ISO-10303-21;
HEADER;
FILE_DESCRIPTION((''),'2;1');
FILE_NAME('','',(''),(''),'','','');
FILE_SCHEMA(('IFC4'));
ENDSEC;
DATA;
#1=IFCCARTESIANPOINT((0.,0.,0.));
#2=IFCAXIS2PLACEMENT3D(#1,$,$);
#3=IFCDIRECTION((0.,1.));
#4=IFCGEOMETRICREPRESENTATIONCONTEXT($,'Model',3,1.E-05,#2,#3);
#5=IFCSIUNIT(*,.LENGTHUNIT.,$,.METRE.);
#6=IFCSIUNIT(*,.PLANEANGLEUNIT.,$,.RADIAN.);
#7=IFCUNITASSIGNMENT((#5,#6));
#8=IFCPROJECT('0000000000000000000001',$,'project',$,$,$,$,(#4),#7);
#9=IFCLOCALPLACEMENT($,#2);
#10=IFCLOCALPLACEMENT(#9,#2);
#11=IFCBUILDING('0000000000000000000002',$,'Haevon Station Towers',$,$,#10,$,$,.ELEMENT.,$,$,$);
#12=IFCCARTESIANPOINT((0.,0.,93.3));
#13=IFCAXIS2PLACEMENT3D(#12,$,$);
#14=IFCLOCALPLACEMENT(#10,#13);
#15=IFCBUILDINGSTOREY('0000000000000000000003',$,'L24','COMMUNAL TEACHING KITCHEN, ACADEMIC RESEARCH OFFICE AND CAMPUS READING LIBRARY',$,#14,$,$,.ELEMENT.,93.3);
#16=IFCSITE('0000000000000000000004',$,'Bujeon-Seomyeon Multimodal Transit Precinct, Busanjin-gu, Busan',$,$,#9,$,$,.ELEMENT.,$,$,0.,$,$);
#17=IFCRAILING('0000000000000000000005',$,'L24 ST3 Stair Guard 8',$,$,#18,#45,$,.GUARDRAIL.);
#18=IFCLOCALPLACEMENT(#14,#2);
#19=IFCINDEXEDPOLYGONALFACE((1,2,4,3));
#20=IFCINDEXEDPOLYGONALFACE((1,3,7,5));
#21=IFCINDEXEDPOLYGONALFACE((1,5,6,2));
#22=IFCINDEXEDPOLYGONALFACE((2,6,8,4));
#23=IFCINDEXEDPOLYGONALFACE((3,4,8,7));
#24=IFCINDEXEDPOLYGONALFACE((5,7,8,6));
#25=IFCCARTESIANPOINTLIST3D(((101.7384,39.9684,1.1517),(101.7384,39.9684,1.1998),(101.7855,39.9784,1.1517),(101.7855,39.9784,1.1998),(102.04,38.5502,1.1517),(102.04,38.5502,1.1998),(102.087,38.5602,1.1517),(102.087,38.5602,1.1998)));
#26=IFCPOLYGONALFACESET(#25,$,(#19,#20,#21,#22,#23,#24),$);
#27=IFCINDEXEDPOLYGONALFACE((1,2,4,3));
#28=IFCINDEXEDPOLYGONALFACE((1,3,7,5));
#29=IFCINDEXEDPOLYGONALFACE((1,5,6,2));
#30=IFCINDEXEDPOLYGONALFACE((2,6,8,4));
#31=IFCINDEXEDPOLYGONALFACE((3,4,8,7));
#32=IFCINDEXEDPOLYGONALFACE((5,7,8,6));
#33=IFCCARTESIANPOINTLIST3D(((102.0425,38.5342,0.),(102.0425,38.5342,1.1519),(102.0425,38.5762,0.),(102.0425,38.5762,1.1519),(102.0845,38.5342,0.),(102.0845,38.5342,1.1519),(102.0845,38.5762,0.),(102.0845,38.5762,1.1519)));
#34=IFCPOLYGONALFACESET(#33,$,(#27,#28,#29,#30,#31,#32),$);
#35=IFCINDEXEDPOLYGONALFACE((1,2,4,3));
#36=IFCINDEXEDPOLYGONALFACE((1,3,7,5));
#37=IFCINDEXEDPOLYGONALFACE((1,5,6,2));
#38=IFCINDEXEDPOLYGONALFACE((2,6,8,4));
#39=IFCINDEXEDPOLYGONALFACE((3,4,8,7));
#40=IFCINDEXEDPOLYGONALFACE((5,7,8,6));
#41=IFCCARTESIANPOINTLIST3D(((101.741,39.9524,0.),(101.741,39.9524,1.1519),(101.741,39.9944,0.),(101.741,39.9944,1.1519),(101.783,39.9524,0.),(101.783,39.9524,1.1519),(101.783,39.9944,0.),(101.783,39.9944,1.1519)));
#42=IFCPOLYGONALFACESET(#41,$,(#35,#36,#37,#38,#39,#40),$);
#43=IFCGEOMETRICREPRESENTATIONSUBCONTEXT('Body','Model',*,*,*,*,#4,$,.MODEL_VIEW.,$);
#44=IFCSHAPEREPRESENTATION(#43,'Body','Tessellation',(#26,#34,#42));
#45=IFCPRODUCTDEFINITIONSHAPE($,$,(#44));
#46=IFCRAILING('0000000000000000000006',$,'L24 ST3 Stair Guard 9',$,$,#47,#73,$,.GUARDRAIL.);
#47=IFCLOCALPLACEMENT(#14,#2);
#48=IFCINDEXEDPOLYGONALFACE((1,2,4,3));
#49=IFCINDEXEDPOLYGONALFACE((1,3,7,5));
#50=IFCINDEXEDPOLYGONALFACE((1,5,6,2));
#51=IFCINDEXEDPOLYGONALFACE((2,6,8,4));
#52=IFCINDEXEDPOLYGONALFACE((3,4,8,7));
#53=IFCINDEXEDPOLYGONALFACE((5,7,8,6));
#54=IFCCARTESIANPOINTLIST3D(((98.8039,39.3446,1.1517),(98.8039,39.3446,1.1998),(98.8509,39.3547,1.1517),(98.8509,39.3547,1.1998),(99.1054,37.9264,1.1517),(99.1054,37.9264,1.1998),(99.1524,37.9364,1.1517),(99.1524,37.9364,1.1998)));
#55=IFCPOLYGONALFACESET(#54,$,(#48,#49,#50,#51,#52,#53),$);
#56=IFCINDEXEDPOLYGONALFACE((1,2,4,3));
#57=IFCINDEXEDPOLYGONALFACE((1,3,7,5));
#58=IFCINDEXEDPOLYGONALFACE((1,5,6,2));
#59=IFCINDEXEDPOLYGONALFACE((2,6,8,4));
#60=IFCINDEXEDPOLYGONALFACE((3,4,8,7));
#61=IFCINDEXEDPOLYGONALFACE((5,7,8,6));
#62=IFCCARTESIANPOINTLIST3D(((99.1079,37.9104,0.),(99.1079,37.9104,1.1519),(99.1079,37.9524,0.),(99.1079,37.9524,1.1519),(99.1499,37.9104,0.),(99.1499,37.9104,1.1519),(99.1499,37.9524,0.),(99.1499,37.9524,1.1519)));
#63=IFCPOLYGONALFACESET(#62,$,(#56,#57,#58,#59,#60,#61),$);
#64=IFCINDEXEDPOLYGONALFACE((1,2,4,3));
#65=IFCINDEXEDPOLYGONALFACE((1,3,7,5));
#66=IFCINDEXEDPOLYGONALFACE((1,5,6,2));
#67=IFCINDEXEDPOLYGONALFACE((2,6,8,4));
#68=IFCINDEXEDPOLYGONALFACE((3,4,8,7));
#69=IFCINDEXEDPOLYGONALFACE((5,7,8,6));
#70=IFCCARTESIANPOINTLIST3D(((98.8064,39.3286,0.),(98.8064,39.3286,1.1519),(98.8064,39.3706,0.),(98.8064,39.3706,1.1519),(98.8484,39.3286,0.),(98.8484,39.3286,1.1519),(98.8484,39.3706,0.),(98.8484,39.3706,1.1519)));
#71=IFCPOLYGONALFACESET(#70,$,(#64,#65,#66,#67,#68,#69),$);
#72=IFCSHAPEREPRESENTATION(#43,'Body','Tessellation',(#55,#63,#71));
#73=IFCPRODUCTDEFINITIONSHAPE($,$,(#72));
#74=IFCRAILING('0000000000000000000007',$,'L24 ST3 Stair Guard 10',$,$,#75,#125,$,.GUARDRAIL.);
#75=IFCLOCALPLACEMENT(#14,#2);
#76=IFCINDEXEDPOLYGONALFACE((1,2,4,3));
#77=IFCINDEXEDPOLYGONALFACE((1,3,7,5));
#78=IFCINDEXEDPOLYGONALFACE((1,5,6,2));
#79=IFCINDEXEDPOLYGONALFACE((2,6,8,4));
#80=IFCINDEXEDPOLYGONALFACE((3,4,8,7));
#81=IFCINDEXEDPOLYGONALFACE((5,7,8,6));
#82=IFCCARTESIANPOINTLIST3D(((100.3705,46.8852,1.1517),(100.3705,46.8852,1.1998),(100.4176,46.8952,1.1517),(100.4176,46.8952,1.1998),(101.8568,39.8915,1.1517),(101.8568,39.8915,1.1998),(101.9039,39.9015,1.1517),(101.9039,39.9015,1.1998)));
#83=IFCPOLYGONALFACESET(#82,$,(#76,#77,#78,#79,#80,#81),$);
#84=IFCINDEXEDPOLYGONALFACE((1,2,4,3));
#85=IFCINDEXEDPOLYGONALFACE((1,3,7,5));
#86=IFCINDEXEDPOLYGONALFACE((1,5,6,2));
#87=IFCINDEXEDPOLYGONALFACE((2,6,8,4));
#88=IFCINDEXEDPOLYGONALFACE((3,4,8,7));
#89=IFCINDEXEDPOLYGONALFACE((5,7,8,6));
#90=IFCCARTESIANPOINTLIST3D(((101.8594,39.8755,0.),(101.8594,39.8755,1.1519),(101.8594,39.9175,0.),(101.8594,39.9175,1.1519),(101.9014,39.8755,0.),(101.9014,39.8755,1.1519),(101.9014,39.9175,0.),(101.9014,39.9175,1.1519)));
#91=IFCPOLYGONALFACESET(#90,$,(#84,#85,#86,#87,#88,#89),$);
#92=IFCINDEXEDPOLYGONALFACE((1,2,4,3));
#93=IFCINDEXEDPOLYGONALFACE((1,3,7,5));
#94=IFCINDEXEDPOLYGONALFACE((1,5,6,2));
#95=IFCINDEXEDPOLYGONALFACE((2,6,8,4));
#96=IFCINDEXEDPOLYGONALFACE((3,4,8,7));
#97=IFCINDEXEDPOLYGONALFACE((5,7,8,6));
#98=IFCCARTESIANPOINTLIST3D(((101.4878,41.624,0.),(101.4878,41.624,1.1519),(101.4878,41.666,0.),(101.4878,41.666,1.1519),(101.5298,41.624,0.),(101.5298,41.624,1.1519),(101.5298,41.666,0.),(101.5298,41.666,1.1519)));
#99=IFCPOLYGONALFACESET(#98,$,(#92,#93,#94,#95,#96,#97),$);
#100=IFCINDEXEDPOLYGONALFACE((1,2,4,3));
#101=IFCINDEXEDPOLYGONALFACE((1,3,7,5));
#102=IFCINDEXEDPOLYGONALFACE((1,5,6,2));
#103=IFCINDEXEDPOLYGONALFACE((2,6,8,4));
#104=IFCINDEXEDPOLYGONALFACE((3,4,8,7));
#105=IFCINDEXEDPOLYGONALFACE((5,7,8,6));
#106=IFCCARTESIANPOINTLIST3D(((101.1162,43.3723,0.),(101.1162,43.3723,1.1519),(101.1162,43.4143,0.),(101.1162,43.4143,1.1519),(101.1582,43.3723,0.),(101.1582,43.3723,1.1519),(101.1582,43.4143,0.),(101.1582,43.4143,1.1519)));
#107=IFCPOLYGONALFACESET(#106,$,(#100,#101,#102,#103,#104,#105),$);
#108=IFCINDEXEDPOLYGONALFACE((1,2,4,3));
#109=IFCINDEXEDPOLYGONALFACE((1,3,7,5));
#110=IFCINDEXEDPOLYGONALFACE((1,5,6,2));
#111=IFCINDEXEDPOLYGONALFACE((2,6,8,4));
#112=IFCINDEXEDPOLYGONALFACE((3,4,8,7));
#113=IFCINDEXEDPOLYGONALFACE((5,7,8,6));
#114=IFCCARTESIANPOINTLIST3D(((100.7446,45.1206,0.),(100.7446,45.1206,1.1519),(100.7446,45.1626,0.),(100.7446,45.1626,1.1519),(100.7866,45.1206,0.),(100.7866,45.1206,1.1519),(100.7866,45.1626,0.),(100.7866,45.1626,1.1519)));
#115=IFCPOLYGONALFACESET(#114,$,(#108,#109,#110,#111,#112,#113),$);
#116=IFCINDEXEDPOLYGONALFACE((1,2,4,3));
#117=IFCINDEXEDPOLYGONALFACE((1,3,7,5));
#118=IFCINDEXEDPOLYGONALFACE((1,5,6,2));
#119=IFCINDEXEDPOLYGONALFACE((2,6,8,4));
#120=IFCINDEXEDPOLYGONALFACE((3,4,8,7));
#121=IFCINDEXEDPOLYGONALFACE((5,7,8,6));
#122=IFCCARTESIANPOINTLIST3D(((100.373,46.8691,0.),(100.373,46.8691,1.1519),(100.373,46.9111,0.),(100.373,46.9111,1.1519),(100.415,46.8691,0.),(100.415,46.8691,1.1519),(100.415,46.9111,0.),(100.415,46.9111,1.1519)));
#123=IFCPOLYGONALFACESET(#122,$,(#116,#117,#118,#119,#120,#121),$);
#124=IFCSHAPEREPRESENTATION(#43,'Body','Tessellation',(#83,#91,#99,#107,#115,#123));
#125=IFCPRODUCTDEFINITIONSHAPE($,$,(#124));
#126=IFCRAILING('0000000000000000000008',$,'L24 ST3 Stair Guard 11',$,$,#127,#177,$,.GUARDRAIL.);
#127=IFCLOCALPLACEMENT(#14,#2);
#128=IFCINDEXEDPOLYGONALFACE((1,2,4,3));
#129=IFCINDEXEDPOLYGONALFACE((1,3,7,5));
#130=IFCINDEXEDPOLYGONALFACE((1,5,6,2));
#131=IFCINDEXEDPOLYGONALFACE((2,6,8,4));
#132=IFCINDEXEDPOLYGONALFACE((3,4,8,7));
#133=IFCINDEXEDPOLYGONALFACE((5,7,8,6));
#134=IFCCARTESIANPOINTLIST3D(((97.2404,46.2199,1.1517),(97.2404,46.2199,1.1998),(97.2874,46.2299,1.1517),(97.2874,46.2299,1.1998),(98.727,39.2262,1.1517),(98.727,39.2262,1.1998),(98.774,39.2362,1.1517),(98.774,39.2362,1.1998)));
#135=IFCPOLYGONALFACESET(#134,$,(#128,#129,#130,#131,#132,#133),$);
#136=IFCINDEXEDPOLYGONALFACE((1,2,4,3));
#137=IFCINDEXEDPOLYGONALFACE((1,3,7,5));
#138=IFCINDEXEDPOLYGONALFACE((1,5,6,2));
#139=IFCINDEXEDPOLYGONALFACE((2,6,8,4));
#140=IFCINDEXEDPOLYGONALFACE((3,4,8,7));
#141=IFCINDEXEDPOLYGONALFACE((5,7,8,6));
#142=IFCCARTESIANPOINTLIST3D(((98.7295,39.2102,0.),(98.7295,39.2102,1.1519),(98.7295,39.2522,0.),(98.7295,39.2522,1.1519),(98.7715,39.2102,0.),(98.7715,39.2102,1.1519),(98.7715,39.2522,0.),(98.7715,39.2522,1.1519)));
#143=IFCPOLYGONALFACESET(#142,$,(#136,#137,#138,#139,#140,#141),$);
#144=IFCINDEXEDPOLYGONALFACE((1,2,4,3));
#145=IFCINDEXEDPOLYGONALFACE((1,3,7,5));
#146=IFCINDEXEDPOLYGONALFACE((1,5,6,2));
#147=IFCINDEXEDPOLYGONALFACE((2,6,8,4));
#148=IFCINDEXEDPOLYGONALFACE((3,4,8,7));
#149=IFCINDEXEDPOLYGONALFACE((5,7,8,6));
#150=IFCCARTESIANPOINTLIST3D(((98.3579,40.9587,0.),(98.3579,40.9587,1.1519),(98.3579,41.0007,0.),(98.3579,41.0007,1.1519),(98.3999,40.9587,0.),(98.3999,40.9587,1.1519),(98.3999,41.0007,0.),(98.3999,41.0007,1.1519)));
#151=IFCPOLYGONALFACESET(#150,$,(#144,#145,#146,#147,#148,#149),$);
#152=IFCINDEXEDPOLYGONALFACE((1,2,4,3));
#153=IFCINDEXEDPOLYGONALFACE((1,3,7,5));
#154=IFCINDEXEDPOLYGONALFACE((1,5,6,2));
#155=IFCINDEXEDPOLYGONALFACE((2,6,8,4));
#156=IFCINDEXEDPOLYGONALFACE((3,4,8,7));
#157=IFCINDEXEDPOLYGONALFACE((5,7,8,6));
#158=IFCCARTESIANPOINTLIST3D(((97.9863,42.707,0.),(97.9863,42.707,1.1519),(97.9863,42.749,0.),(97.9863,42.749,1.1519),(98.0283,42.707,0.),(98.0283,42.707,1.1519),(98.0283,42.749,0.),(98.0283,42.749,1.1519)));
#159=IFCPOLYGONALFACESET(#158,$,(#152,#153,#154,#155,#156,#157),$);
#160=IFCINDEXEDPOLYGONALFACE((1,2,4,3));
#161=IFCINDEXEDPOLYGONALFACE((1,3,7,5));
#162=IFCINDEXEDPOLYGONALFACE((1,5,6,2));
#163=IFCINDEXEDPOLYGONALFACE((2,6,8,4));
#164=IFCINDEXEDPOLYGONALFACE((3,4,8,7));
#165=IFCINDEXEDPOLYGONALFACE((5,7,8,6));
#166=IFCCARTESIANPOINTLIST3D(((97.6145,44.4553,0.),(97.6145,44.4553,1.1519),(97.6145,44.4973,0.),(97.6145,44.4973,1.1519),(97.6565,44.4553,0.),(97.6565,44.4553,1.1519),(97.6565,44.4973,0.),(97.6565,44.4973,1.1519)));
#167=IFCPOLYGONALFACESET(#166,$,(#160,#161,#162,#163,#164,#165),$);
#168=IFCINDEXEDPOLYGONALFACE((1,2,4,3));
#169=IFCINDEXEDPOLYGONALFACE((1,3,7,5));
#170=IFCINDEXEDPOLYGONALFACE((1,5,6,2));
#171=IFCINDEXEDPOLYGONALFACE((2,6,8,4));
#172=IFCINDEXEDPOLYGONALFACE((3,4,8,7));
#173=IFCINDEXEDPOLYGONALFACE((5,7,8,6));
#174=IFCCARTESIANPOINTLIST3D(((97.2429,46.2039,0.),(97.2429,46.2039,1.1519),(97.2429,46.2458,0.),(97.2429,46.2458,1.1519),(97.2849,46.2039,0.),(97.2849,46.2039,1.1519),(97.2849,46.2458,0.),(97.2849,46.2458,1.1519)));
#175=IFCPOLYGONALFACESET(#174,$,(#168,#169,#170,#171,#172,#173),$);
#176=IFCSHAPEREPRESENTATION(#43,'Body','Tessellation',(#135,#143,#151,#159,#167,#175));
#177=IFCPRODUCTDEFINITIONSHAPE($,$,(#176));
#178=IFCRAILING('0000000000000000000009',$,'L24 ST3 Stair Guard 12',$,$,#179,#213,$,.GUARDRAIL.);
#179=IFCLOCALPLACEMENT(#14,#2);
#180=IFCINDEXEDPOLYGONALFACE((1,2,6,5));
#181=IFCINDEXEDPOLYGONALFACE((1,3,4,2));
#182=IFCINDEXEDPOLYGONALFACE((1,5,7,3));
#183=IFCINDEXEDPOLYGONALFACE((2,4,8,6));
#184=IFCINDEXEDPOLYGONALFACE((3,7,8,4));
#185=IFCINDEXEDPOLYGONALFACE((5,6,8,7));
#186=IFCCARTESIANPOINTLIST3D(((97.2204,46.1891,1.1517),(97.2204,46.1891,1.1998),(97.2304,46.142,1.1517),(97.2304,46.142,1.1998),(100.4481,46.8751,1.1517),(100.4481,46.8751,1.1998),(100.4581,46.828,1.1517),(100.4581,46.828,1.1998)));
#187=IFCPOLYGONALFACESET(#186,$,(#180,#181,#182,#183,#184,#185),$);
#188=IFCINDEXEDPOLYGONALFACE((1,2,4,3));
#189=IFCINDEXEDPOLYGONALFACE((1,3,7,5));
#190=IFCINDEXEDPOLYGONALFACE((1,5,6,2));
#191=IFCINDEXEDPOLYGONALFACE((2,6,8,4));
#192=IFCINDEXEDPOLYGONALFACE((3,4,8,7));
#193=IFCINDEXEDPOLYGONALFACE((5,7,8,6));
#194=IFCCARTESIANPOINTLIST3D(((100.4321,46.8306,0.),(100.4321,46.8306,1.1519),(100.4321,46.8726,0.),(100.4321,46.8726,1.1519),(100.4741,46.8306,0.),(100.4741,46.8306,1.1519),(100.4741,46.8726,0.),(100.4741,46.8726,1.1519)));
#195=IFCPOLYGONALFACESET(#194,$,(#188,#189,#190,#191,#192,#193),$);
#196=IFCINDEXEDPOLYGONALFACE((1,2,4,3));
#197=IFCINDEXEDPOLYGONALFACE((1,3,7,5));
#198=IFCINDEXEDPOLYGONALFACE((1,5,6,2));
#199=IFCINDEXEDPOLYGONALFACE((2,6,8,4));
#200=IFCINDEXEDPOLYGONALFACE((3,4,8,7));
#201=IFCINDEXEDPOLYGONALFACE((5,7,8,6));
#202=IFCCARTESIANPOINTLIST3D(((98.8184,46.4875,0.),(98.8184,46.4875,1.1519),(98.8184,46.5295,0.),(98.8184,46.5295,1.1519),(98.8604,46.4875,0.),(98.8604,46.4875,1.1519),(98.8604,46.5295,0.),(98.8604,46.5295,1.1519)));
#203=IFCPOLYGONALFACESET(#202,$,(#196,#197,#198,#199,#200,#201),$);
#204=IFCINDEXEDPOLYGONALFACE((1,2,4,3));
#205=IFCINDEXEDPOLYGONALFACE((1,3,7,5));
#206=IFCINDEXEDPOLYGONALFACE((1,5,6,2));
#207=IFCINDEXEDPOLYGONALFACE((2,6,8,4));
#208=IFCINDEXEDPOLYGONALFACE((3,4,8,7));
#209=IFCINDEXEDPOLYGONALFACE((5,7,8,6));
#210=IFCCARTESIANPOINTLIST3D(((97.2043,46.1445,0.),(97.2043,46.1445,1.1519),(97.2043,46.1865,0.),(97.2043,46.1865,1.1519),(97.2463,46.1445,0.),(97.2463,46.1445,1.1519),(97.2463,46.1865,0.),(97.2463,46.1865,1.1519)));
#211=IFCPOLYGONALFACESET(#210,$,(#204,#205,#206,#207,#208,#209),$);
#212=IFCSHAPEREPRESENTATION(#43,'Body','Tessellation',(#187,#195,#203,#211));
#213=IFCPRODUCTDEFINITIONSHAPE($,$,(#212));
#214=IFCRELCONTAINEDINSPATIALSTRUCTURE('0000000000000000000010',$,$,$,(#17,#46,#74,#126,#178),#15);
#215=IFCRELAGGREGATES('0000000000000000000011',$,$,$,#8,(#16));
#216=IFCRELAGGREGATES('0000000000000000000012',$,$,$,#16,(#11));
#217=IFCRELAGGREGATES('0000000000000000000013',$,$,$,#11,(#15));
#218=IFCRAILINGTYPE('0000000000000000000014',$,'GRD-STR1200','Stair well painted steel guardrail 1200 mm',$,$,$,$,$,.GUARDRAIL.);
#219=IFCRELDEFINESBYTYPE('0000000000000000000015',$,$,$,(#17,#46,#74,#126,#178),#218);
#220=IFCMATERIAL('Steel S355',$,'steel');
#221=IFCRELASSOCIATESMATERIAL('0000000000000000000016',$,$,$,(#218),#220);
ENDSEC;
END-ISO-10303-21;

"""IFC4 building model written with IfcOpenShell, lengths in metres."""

from ifc_helpers import new_model, si_unit, direction, frame, origin, origin_2d, place, context, subcontext, project, spatial, rectangle, extrude, material, type_object, element, save


model = new_model("IFC4")

# Units and contexts
model_context = context("Model", 3, precision=1e-05, world=origin(), true_north=direction((0.0, 1.0)))
body_context = subcontext(model_context, "Body", "Model", "MODEL_VIEW")
ifc_project = project(units=[si_unit("LENGTHUNIT", "METRE"), si_unit("PLANEANGLEUNIT", "RADIAN")], contexts=[model_context])

# Site, building, storey
site_placement = place(None, origin())
site = spatial("IfcSite", under=ifc_project, at=site_placement, Name="Bujeon-Seomyeon Multimodal Transit Precinct, Busanjin-gu, Busan", CompositionType="ELEMENT", RefElevation=0.0)
building_placement = place(site_placement, origin())
building = spatial("IfcBuilding", under=site, at=building_placement, Name="Haevon Station Towers", CompositionType="ELEMENT")
storey_placement = place(building_placement, frame((0.0, 0.0, 93.3)))
storey = spatial("IfcBuildingStorey", under=building, at=storey_placement, Name="L24", Description="COMMUNAL TEACHING KITCHEN, ACADEMIC RESEARCH OFFICE AND CAMPUS READING LIBRARY", CompositionType="ELEMENT", Elevation=93.3)

# Shared definitions
ifc_material_1 = material(Name="Steel S355", Category="steel")

# Railings
railing_type_1 = type_object("IfcRailingType", Name="GRD-STR1200", Description="Stair well painted steel guardrail 1200 mm", PredefinedType="GUARDRAIL", material=ifc_material_1)
for number, where, name in (
    (1, (102.0635, 38.5552, 0.0), "L24 ST3 Stair Guard 8"),
    (2, (99.1289, 37.9314, 0.0), "L24 ST3 Stair Guard 9"),
):
    element("IfcRailing", number, at=place(storey_placement, frame(where)), inside=storey, type_object=railing_type_1, Name=name, PredefinedType="GUARDRAIL", context=body_context, shape_type="SweptSolid", body=[
        extrude(rectangle(XDim=0.0481, YDim=0.0481, at=origin_2d()), frame((0.0, 0.0, 1.1758), z_axis=(-0.207953, 0.978139, 0.0), x_axis=(-0.978139, -0.207953, 0.0)), (0.0, 0.0, 1.0), 1.45),
        extrude(rectangle(XDim=0.042, YDim=0.042, at=origin_2d()), origin(), (0.0, 0.0, 1.0), 1.1519),
        extrude(rectangle(XDim=0.042, YDim=0.042, at=origin_2d()), frame((-0.3015, 1.4182, 0.0)), (0.0, 0.0, 1.0), 1.1519),
    ])
railing_1_placement = place(storey_placement, frame((101.8804, 39.8965, 0.0)))
element("IfcRailing", 3, at=railing_1_placement, inside=storey, type_object=railing_type_1, Name="L24 ST3 Stair Guard 10", PredefinedType="GUARDRAIL", context=body_context, shape_type="SweptSolid", body=[
    extrude(rectangle(XDim=0.0481, YDim=0.0481, at=origin_2d()), frame((0.0, 0.0, 1.1758), z_axis=(-0.207882, 0.978154, 0.0), x_axis=(-0.978154, -0.207882, 0.0)), (0.0, 0.0, 1.0), 7.1499),
    extrude(rectangle(XDim=0.042, YDim=0.042, at=origin_2d()), origin(), (0.0, 0.0, 1.0), 1.1519),
    extrude(rectangle(XDim=0.042, YDim=0.042, at=origin_2d()), frame((-0.3716, 1.7485, 0.0)), (0.0, 0.0, 1.0), 1.1519),
    extrude(rectangle(XDim=0.042, YDim=0.042, at=origin_2d()), frame((-0.7432, 3.4968, 0.0)), (0.0, 0.0, 1.0), 1.1519),
    extrude(rectangle(XDim=0.042, YDim=0.042, at=origin_2d()), frame((-1.1147, 5.2451, 0.0)), (0.0, 0.0, 1.0), 1.1519),
    extrude(rectangle(XDim=0.042, YDim=0.042, at=origin_2d()), frame((-1.4863, 6.9937, 0.0)), (0.0, 0.0, 1.0), 1.1519),
])
railing_2_placement = place(storey_placement, frame((98.7505, 39.2312, 0.0)))
element("IfcRailing", 4, at=railing_2_placement, inside=storey, type_object=railing_type_1, Name="L24 ST3 Stair Guard 11", PredefinedType="GUARDRAIL", context=body_context, shape_type="SweptSolid", body=[
    extrude(rectangle(XDim=0.0481, YDim=0.0481, at=origin_2d()), frame((0.0, 0.0, 1.1758), z_axis=(-0.207915, 0.978147, 0.0), x_axis=(-0.978147, -0.207915, 0.0)), (0.0, 0.0, 1.0), 7.1499),
    extrude(rectangle(XDim=0.042, YDim=0.042, at=origin_2d()), origin(), (0.0, 0.0, 1.0), 1.1519),
    extrude(rectangle(XDim=0.042, YDim=0.042, at=origin_2d()), frame((-0.3716, 1.7485, 0.0)), (0.0, 0.0, 1.0), 1.1519),
    extrude(rectangle(XDim=0.042, YDim=0.042, at=origin_2d()), frame((-0.7432, 3.4968, 0.0)), (0.0, 0.0, 1.0), 1.1519),
    extrude(rectangle(XDim=0.042, YDim=0.042, at=origin_2d()), frame((-1.115, 5.2451, 0.0)), (0.0, 0.0, 1.0), 1.1519),
    extrude(rectangle(XDim=0.042, YDim=0.042, at=origin_2d()), frame((-1.4866, 6.9937, 0.0)), (0.0, 0.0, 1.0), 1.1519),
])
railing_3_placement = place(storey_placement, frame((100.4531, 46.8516, 0.0)))
element("IfcRailing", 5, at=railing_3_placement, inside=storey, type_object=railing_type_1, Name="L24 ST3 Stair Guard 12", PredefinedType="GUARDRAIL", context=body_context, shape_type="SweptSolid", body=[
    extrude(rectangle(XDim=0.0481, YDim=0.0481, at=origin_2d()), frame((0.0, 0.0, 1.1758), z_axis=(-0.978151, -0.207897, 0.0), x_axis=(0.207897, -0.978151, 0.0)), (0.0, 0.0, 1.0), 3.2998),
    extrude(rectangle(XDim=0.042, YDim=0.042, at=origin_2d()), origin(), (0.0, 0.0, 1.0), 1.1519),
    extrude(rectangle(XDim=0.042, YDim=0.042, at=origin_2d()), frame((-1.6138, -0.343, 0.0)), (0.0, 0.0, 1.0), 1.1519),
    extrude(rectangle(XDim=0.042, YDim=0.042, at=origin_2d()), frame((-3.2278, -0.686, 0.0)), (0.0, 0.0, 1.0), 1.1519),
])

save(model, "model.ifc")
